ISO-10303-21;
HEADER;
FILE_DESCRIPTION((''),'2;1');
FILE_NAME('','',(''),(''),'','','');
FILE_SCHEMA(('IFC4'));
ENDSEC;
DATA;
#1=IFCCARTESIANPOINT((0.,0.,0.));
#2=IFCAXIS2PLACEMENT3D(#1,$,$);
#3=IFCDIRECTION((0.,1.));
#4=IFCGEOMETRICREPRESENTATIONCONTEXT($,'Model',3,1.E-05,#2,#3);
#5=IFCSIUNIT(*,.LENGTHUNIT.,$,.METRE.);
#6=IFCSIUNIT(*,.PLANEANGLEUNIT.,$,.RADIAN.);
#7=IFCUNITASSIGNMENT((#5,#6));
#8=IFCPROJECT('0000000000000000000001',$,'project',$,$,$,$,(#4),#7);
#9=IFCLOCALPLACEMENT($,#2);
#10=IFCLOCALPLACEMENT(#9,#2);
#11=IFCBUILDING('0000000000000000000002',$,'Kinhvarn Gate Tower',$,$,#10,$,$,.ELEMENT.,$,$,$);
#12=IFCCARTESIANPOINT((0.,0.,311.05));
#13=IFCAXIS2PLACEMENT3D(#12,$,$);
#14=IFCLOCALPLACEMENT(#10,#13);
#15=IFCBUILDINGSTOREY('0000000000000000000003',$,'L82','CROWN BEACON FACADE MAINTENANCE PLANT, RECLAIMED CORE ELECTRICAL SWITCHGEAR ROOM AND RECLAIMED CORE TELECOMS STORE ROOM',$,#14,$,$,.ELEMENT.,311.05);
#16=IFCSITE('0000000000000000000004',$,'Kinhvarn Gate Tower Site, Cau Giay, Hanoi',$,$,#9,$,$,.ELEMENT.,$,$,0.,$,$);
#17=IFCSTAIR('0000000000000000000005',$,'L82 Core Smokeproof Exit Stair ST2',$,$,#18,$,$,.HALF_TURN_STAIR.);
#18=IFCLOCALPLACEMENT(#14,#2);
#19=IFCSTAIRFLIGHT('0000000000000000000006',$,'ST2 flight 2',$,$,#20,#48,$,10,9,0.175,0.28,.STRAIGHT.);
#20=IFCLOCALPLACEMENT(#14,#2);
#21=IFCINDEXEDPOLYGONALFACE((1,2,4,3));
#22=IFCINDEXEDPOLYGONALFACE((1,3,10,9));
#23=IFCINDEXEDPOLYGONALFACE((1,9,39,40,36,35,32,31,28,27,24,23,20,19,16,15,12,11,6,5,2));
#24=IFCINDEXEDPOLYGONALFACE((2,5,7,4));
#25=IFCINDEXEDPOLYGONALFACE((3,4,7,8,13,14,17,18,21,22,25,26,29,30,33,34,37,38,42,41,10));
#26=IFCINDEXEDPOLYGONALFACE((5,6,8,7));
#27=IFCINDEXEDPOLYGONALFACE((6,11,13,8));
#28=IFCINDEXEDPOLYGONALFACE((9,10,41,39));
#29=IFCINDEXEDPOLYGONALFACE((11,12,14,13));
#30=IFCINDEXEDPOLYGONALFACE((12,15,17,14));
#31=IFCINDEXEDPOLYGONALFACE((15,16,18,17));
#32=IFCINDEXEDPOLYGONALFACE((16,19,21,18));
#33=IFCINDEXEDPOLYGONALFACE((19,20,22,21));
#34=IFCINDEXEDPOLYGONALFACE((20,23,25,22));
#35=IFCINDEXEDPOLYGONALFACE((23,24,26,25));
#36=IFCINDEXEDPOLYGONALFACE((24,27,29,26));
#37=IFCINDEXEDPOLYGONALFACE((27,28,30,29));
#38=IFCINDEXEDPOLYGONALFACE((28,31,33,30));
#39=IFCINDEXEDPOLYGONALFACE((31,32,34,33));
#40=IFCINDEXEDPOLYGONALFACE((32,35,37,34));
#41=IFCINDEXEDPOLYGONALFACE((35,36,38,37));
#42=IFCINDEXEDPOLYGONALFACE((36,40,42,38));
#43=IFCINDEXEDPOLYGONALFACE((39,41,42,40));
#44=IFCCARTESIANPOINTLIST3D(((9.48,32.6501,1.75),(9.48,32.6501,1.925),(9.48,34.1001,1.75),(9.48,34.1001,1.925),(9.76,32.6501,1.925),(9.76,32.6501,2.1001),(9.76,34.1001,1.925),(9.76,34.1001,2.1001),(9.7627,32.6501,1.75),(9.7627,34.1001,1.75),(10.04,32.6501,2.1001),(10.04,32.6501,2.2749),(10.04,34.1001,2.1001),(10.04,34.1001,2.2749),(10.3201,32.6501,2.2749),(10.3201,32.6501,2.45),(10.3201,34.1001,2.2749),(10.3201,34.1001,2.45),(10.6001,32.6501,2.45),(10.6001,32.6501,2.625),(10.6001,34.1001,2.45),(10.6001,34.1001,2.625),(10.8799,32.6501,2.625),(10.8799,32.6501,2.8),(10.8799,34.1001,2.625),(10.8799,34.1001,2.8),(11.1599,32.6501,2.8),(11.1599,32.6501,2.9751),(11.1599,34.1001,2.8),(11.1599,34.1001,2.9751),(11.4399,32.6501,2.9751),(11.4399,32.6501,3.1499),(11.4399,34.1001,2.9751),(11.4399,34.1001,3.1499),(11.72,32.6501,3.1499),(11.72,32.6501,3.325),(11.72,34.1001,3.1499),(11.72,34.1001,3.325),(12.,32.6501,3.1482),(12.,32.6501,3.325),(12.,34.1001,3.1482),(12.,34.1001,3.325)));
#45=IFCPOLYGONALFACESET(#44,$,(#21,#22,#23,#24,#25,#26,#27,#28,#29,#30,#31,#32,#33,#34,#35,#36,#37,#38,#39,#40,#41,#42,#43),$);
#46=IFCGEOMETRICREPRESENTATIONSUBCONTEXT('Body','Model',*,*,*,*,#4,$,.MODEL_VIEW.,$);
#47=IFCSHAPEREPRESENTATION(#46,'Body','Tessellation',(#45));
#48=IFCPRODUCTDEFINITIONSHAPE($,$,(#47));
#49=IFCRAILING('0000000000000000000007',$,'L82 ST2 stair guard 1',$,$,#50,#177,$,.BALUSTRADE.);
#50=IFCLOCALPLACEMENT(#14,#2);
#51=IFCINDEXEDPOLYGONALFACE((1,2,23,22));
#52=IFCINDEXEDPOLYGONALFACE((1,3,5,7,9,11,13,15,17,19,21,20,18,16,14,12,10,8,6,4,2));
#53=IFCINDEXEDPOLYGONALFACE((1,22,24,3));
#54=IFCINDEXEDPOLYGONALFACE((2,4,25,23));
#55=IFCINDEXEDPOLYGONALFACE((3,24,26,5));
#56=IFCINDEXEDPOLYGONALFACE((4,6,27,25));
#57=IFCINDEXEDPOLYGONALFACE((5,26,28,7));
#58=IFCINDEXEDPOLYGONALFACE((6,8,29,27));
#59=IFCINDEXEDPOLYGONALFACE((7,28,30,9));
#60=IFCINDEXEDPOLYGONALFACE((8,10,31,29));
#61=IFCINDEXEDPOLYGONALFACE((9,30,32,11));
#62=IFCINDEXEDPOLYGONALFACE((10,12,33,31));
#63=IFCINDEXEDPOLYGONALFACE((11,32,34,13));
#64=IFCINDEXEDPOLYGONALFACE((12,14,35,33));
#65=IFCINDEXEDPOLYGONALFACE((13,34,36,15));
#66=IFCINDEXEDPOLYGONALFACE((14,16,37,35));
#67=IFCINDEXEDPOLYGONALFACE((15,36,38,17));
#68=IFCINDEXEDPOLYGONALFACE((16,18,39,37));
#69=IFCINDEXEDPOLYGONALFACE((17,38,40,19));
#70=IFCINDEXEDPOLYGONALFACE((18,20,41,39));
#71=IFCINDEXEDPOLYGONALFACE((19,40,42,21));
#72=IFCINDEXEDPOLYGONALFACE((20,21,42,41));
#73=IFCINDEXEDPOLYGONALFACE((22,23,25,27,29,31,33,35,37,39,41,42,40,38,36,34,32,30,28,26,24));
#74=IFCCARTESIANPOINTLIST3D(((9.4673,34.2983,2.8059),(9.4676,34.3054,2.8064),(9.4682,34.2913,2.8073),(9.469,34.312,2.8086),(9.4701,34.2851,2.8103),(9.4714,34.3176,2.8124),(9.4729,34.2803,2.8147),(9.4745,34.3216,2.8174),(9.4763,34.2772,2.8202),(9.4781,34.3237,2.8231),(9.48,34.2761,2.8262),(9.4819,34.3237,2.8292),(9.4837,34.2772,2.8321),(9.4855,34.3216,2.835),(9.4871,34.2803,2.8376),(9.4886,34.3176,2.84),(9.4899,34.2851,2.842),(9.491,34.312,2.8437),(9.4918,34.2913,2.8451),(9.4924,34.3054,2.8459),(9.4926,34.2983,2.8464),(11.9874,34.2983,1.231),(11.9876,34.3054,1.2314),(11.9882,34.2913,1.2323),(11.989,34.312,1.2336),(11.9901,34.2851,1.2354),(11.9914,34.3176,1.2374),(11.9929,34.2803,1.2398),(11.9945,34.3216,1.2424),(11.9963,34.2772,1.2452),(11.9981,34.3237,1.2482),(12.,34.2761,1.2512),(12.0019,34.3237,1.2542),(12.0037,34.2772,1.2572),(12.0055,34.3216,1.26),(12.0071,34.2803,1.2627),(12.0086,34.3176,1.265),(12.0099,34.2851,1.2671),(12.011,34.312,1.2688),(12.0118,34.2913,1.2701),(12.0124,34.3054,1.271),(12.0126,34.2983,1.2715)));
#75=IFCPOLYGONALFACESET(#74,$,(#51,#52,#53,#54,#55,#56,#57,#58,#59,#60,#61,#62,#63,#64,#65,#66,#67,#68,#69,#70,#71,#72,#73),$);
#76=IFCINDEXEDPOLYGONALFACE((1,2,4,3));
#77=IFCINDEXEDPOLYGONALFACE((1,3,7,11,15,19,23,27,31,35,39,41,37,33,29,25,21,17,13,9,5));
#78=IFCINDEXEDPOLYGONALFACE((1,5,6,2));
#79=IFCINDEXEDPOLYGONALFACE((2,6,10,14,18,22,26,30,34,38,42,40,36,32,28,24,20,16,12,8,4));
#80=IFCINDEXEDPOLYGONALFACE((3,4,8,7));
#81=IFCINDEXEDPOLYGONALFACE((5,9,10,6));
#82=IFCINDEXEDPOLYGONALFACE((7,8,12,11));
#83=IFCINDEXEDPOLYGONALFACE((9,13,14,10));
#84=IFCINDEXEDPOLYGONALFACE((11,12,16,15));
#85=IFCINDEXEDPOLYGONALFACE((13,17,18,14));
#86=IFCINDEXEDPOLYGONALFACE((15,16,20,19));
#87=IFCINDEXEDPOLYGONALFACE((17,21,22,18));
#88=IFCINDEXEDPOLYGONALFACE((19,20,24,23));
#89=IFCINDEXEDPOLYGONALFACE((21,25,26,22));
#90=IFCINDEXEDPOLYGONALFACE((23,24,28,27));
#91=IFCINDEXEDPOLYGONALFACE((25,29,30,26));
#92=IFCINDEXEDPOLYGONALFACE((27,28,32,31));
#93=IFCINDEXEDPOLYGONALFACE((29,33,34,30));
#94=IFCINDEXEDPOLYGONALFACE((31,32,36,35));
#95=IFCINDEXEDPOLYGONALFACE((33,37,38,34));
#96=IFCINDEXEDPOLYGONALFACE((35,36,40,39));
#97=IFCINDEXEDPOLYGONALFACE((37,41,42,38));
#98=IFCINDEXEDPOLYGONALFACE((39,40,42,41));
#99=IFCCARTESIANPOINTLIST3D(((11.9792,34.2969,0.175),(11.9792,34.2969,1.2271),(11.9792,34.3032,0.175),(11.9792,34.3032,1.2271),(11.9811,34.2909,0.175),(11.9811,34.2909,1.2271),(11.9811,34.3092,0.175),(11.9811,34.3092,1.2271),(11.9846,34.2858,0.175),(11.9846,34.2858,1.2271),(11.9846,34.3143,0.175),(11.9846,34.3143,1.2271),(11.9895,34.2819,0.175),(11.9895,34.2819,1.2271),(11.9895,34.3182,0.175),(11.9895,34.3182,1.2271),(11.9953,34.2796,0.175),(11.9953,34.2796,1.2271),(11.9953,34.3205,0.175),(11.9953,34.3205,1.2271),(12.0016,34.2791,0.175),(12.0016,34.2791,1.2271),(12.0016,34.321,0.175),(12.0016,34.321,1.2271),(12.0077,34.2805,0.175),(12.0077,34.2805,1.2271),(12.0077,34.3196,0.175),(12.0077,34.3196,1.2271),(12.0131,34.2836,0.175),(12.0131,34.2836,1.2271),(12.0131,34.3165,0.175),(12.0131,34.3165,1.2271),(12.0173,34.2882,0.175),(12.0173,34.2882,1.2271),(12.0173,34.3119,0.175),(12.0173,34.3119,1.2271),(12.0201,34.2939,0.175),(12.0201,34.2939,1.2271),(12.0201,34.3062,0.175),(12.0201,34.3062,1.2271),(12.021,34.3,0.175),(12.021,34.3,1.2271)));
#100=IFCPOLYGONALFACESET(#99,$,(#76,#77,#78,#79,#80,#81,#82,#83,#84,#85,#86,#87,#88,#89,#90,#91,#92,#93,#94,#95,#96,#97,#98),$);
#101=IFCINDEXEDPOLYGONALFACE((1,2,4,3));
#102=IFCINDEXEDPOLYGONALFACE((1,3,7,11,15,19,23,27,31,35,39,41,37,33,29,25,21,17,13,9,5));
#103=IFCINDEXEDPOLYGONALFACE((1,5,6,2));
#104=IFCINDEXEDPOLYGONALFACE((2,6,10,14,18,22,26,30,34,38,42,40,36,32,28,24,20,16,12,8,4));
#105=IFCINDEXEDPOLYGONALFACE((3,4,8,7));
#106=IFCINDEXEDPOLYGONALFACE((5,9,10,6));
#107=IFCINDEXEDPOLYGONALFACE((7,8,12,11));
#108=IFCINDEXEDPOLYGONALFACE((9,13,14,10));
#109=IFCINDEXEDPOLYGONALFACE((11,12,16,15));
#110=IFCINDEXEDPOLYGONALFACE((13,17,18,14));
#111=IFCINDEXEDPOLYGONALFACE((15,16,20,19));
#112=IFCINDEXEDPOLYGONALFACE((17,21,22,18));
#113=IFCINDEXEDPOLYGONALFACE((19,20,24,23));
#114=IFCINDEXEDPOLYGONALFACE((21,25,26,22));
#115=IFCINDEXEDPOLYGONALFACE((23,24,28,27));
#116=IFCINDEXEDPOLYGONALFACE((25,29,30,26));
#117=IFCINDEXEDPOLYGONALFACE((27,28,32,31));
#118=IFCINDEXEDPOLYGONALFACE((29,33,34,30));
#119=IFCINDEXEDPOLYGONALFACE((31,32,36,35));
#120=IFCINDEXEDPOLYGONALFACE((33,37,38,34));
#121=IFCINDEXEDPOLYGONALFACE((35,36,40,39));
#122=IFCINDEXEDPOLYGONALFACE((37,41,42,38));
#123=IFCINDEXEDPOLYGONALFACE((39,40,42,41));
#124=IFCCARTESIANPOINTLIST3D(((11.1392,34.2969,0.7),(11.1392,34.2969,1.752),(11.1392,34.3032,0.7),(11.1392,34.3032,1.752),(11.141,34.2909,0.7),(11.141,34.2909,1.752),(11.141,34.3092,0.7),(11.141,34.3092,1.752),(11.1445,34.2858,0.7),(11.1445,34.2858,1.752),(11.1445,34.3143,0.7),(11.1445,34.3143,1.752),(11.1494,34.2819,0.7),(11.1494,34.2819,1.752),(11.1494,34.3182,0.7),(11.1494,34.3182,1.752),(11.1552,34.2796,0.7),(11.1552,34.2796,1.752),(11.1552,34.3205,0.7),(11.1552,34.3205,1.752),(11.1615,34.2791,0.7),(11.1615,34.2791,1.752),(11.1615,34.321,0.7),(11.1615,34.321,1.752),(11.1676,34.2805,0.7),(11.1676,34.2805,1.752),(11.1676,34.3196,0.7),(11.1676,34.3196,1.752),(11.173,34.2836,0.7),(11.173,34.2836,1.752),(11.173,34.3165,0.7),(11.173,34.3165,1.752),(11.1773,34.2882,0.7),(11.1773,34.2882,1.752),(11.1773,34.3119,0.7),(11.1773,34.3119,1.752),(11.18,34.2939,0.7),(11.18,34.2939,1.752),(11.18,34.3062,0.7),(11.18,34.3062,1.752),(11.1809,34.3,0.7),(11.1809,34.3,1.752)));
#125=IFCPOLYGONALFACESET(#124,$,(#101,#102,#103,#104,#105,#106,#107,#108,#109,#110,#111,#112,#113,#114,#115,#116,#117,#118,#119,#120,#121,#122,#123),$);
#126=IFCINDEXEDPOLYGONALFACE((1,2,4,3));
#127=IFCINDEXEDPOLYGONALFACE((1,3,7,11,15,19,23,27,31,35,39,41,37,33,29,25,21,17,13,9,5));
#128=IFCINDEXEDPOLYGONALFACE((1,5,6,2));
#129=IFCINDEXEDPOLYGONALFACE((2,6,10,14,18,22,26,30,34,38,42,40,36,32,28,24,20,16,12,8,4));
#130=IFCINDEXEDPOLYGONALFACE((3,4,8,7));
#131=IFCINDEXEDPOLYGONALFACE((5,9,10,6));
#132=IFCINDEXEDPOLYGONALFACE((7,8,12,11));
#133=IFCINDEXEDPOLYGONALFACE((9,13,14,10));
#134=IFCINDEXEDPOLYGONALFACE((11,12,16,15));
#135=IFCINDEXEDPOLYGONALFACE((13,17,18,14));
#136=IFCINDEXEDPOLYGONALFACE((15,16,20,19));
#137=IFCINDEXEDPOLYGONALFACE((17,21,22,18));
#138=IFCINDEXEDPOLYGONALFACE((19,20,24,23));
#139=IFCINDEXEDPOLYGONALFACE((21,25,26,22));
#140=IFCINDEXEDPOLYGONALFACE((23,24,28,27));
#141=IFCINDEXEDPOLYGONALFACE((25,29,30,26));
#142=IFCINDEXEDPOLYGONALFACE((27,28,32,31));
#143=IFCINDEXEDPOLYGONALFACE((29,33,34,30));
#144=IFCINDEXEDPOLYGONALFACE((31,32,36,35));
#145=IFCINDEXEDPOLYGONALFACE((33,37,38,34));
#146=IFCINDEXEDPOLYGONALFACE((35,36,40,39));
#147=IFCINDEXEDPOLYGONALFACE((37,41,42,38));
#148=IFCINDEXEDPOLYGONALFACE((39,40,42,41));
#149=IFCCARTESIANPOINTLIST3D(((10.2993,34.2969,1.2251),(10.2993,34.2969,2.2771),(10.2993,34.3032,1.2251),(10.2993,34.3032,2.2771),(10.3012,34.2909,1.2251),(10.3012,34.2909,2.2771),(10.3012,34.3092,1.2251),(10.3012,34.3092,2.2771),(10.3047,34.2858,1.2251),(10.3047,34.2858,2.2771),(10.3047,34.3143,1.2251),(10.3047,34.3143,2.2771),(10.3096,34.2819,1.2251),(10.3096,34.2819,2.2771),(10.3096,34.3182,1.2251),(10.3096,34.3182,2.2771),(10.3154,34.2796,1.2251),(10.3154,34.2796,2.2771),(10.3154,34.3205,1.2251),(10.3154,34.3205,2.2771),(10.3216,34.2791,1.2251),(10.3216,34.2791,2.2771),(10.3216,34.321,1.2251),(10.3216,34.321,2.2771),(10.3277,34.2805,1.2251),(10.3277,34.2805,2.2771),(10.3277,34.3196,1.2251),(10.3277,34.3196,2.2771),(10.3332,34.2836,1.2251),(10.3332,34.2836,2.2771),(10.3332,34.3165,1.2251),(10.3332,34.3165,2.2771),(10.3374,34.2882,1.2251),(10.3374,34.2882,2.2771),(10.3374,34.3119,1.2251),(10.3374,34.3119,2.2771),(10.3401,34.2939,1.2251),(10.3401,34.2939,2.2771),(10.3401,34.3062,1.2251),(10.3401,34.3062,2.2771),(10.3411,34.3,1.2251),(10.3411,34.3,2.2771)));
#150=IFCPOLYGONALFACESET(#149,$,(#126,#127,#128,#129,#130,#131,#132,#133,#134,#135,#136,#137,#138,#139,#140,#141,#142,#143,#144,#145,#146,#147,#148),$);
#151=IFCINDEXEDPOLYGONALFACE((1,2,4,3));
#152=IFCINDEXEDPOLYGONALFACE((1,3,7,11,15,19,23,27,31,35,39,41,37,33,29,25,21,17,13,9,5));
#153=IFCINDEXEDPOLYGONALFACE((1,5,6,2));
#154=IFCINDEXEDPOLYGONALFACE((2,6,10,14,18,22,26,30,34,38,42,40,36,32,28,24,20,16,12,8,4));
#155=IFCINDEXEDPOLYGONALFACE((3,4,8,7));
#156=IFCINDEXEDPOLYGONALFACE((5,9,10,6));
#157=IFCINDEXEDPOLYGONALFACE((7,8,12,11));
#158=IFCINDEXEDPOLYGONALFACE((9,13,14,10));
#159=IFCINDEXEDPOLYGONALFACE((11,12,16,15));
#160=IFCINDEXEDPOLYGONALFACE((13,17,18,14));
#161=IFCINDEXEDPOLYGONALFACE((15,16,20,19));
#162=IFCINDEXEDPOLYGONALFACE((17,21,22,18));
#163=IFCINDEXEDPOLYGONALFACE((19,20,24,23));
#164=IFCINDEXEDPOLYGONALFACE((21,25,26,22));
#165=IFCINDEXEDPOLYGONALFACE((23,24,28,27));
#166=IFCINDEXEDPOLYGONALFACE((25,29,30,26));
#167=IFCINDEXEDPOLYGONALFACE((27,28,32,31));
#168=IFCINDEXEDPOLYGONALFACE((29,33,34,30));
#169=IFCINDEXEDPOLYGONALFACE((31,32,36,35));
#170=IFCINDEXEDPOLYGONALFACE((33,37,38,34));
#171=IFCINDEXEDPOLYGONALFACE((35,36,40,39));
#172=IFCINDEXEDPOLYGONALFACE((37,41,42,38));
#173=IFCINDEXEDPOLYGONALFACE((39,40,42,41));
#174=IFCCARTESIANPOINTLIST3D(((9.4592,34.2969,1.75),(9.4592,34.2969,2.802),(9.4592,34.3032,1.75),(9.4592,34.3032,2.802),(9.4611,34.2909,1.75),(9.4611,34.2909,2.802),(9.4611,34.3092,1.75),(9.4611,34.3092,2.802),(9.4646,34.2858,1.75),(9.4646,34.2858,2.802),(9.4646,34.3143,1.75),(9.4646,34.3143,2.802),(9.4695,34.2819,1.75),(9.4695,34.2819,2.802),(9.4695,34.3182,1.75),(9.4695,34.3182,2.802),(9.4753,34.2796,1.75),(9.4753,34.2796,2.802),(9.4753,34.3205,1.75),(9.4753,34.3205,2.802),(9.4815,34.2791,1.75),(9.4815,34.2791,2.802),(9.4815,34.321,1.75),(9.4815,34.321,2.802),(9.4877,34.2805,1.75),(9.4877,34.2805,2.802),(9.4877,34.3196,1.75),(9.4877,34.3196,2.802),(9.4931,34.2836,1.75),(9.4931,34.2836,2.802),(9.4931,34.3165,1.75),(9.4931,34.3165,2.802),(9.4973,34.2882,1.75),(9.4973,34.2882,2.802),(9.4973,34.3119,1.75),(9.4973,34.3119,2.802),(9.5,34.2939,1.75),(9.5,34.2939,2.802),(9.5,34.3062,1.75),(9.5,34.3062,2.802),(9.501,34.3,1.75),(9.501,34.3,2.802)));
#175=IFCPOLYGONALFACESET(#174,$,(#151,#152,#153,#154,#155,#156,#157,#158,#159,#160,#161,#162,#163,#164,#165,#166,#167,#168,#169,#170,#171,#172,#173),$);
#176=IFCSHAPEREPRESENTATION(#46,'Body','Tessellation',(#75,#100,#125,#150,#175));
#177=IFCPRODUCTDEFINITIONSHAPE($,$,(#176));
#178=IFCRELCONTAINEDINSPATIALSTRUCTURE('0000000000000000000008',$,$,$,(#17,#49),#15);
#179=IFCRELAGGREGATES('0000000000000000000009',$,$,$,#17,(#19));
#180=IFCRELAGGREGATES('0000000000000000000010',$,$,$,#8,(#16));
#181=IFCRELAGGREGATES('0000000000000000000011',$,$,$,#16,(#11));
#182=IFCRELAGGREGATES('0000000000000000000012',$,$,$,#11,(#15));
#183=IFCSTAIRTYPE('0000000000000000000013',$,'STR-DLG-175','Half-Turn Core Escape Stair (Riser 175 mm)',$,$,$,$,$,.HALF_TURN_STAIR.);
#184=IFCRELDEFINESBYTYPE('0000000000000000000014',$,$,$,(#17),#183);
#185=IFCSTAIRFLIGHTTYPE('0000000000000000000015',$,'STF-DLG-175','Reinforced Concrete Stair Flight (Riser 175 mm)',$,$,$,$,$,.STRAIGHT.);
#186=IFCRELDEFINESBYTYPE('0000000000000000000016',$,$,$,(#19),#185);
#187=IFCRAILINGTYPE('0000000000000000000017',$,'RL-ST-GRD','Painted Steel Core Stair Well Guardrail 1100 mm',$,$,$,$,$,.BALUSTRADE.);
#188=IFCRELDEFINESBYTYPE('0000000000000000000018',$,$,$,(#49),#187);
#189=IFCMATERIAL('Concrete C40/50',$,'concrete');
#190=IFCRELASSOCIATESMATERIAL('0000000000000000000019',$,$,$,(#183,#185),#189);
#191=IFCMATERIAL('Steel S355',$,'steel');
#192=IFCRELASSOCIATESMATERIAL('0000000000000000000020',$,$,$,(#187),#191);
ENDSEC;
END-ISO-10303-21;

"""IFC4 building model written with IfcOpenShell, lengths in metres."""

from ifc_helpers import new_model, si_unit, direction, frame, origin, origin_2d, place, context, subcontext, project, spatial, polyline, circle, outline, extrude, material, type_object, element, aggregate, save


model = new_model("IFC4")

# Units and contexts
model_context = context("Model", 3, precision=1e-05, world=origin(), true_north=direction((0.0, 1.0)))
body_context = subcontext(model_context, "Body", "Model", "MODEL_VIEW")
ifc_project = project(units=[si_unit("LENGTHUNIT", "METRE"), si_unit("PLANEANGLEUNIT", "RADIAN")], contexts=[model_context])

# Site, building, storey
site_placement = place(None, origin())
site = spatial("IfcSite", under=ifc_project, at=site_placement, Name="Kinhvarn Gate Tower Site, Cau Giay, Hanoi", CompositionType="ELEMENT", RefElevation=0.0)
building_placement = place(site_placement, origin())
building = spatial("IfcBuilding", under=site, at=building_placement, Name="Kinhvarn Gate Tower", CompositionType="ELEMENT")
storey_placement = place(building_placement, frame((0.0, 0.0, 311.05)))
storey = spatial("IfcBuildingStorey", under=building, at=storey_placement, Name="L82", Description="CROWN BEACON FACADE MAINTENANCE PLANT, RECLAIMED CORE ELECTRICAL SWITCHGEAR ROOM AND RECLAIMED CORE TELECOMS STORE ROOM", CompositionType="ELEMENT", Elevation=311.05)

# Shared definitions
ifc_material_1 = material(Name="Concrete C40/50", Category="concrete")

# Stair, stair flight
stair_type = type_object("IfcStairType", Name="STR-DLG-175", Description="Half-Turn Core Escape Stair (Riser 175 mm)", PredefinedType="HALF_TURN_STAIR", material=ifc_material_1)
stair_placement = place(storey_placement, origin())
stair = element("IfcStair", 1, at=stair_placement, inside=storey, type_object=stair_type, Name="L82 Core Smokeproof Exit Stair ST2", PredefinedType="HALF_TURN_STAIR")
stair_flight_type = type_object("IfcStairFlightType", Name="STF-DLG-175", Description="Reinforced Concrete Stair Flight (Riser 175 mm)", PredefinedType="STRAIGHT", material=ifc_material_1)
stair_flight_1_placement = place(storey_placement, frame((9.48, 33.375, 1.75), z_axis=(0.0, 0.0, 1.0), x_axis=(1.0, 0.0, 0.0)))
stair_flight_1 = element("IfcStairFlight", 2, at=stair_flight_1_placement, type_object=stair_flight_type, Name="ST2 flight 2", NumberOfRisers=10, NumberOfTreads=9, PredefinedType="STRAIGHT", RiserHeight=0.175, TreadLength=0.28, context=body_context, shape_type="SweptSolid", body=[
    extrude(outline(polyline([(0.0, 0.0), (0.0, 0.175), (0.28, 0.175), (0.28, 0.3501), (0.5601, 0.3501), (0.5601, 0.5249), (0.8401, 0.5249), (0.8401, 0.7), (1.1201, 0.7), (1.1201, 0.875), (1.3999, 0.875), (1.3999, 1.05), (1.6799, 1.05), (1.6799, 1.2251), (1.96, 1.2251), (1.96, 1.3999), (2.24, 1.3999), (2.24, 1.575), (2.52, 1.575), (2.52, 1.75), (2.52, 1.3982), (0.2827, 0.0), (0.0, 0.0)])), frame((0.0, 0.7251, 0.0), z_axis=(0.0, -1.0, 0.0), x_axis=(1.0, 0.0, 0.0)), (0.0, 0.0, 1.0), 1.45),
])
aggregate(stair, [stair_flight_1])

# Railing
ifc_material_2 = material(Name="Steel S355", Category="steel")
railing_type_1 = type_object("IfcRailingType", Name="RL-ST-GRD", Description="Painted Steel Core Stair Well Guardrail 1100 mm", PredefinedType="BALUSTRADE", material=ifc_material_2)
railing_1_placement = place(storey_placement, frame((12.0, 34.3, 0.175)))
element("IfcRailing", 3, at=railing_1_placement, inside=storey, type_object=railing_type_1, Name="L82 ST2 stair guard 1", PredefinedType="BALUSTRADE", context=body_context, shape_type="SweptSolid", body=[
    extrude(circle(Radius=0.0239, at=origin_2d()), frame((0.0, 0.0, 1.0762), z_axis=(-0.848008, 0.0, 0.529984), x_axis=(0.0, -1.0, 0.0)), (0.0, 0.0, 1.0), 2.9717),
    extrude(circle(Radius=0.021, at=origin_2d()), origin(), (0.0, 0.0, 1.0), 1.052),
    extrude(circle(Radius=0.021, at=origin_2d()), frame((-0.8401, 0.0, 0.5249)), (0.0, 0.0, 1.0), 1.052),
    extrude(circle(Radius=0.021, at=origin_2d()), frame((-1.6799, 0.0, 1.05)), (0.0, 0.0, 1.0), 1.052),
    extrude(circle(Radius=0.021, at=origin_2d()), frame((-2.52, 0.0, 1.575)), (0.0, 0.0, 1.0), 1.052),
])

save(model, "model.ifc")
